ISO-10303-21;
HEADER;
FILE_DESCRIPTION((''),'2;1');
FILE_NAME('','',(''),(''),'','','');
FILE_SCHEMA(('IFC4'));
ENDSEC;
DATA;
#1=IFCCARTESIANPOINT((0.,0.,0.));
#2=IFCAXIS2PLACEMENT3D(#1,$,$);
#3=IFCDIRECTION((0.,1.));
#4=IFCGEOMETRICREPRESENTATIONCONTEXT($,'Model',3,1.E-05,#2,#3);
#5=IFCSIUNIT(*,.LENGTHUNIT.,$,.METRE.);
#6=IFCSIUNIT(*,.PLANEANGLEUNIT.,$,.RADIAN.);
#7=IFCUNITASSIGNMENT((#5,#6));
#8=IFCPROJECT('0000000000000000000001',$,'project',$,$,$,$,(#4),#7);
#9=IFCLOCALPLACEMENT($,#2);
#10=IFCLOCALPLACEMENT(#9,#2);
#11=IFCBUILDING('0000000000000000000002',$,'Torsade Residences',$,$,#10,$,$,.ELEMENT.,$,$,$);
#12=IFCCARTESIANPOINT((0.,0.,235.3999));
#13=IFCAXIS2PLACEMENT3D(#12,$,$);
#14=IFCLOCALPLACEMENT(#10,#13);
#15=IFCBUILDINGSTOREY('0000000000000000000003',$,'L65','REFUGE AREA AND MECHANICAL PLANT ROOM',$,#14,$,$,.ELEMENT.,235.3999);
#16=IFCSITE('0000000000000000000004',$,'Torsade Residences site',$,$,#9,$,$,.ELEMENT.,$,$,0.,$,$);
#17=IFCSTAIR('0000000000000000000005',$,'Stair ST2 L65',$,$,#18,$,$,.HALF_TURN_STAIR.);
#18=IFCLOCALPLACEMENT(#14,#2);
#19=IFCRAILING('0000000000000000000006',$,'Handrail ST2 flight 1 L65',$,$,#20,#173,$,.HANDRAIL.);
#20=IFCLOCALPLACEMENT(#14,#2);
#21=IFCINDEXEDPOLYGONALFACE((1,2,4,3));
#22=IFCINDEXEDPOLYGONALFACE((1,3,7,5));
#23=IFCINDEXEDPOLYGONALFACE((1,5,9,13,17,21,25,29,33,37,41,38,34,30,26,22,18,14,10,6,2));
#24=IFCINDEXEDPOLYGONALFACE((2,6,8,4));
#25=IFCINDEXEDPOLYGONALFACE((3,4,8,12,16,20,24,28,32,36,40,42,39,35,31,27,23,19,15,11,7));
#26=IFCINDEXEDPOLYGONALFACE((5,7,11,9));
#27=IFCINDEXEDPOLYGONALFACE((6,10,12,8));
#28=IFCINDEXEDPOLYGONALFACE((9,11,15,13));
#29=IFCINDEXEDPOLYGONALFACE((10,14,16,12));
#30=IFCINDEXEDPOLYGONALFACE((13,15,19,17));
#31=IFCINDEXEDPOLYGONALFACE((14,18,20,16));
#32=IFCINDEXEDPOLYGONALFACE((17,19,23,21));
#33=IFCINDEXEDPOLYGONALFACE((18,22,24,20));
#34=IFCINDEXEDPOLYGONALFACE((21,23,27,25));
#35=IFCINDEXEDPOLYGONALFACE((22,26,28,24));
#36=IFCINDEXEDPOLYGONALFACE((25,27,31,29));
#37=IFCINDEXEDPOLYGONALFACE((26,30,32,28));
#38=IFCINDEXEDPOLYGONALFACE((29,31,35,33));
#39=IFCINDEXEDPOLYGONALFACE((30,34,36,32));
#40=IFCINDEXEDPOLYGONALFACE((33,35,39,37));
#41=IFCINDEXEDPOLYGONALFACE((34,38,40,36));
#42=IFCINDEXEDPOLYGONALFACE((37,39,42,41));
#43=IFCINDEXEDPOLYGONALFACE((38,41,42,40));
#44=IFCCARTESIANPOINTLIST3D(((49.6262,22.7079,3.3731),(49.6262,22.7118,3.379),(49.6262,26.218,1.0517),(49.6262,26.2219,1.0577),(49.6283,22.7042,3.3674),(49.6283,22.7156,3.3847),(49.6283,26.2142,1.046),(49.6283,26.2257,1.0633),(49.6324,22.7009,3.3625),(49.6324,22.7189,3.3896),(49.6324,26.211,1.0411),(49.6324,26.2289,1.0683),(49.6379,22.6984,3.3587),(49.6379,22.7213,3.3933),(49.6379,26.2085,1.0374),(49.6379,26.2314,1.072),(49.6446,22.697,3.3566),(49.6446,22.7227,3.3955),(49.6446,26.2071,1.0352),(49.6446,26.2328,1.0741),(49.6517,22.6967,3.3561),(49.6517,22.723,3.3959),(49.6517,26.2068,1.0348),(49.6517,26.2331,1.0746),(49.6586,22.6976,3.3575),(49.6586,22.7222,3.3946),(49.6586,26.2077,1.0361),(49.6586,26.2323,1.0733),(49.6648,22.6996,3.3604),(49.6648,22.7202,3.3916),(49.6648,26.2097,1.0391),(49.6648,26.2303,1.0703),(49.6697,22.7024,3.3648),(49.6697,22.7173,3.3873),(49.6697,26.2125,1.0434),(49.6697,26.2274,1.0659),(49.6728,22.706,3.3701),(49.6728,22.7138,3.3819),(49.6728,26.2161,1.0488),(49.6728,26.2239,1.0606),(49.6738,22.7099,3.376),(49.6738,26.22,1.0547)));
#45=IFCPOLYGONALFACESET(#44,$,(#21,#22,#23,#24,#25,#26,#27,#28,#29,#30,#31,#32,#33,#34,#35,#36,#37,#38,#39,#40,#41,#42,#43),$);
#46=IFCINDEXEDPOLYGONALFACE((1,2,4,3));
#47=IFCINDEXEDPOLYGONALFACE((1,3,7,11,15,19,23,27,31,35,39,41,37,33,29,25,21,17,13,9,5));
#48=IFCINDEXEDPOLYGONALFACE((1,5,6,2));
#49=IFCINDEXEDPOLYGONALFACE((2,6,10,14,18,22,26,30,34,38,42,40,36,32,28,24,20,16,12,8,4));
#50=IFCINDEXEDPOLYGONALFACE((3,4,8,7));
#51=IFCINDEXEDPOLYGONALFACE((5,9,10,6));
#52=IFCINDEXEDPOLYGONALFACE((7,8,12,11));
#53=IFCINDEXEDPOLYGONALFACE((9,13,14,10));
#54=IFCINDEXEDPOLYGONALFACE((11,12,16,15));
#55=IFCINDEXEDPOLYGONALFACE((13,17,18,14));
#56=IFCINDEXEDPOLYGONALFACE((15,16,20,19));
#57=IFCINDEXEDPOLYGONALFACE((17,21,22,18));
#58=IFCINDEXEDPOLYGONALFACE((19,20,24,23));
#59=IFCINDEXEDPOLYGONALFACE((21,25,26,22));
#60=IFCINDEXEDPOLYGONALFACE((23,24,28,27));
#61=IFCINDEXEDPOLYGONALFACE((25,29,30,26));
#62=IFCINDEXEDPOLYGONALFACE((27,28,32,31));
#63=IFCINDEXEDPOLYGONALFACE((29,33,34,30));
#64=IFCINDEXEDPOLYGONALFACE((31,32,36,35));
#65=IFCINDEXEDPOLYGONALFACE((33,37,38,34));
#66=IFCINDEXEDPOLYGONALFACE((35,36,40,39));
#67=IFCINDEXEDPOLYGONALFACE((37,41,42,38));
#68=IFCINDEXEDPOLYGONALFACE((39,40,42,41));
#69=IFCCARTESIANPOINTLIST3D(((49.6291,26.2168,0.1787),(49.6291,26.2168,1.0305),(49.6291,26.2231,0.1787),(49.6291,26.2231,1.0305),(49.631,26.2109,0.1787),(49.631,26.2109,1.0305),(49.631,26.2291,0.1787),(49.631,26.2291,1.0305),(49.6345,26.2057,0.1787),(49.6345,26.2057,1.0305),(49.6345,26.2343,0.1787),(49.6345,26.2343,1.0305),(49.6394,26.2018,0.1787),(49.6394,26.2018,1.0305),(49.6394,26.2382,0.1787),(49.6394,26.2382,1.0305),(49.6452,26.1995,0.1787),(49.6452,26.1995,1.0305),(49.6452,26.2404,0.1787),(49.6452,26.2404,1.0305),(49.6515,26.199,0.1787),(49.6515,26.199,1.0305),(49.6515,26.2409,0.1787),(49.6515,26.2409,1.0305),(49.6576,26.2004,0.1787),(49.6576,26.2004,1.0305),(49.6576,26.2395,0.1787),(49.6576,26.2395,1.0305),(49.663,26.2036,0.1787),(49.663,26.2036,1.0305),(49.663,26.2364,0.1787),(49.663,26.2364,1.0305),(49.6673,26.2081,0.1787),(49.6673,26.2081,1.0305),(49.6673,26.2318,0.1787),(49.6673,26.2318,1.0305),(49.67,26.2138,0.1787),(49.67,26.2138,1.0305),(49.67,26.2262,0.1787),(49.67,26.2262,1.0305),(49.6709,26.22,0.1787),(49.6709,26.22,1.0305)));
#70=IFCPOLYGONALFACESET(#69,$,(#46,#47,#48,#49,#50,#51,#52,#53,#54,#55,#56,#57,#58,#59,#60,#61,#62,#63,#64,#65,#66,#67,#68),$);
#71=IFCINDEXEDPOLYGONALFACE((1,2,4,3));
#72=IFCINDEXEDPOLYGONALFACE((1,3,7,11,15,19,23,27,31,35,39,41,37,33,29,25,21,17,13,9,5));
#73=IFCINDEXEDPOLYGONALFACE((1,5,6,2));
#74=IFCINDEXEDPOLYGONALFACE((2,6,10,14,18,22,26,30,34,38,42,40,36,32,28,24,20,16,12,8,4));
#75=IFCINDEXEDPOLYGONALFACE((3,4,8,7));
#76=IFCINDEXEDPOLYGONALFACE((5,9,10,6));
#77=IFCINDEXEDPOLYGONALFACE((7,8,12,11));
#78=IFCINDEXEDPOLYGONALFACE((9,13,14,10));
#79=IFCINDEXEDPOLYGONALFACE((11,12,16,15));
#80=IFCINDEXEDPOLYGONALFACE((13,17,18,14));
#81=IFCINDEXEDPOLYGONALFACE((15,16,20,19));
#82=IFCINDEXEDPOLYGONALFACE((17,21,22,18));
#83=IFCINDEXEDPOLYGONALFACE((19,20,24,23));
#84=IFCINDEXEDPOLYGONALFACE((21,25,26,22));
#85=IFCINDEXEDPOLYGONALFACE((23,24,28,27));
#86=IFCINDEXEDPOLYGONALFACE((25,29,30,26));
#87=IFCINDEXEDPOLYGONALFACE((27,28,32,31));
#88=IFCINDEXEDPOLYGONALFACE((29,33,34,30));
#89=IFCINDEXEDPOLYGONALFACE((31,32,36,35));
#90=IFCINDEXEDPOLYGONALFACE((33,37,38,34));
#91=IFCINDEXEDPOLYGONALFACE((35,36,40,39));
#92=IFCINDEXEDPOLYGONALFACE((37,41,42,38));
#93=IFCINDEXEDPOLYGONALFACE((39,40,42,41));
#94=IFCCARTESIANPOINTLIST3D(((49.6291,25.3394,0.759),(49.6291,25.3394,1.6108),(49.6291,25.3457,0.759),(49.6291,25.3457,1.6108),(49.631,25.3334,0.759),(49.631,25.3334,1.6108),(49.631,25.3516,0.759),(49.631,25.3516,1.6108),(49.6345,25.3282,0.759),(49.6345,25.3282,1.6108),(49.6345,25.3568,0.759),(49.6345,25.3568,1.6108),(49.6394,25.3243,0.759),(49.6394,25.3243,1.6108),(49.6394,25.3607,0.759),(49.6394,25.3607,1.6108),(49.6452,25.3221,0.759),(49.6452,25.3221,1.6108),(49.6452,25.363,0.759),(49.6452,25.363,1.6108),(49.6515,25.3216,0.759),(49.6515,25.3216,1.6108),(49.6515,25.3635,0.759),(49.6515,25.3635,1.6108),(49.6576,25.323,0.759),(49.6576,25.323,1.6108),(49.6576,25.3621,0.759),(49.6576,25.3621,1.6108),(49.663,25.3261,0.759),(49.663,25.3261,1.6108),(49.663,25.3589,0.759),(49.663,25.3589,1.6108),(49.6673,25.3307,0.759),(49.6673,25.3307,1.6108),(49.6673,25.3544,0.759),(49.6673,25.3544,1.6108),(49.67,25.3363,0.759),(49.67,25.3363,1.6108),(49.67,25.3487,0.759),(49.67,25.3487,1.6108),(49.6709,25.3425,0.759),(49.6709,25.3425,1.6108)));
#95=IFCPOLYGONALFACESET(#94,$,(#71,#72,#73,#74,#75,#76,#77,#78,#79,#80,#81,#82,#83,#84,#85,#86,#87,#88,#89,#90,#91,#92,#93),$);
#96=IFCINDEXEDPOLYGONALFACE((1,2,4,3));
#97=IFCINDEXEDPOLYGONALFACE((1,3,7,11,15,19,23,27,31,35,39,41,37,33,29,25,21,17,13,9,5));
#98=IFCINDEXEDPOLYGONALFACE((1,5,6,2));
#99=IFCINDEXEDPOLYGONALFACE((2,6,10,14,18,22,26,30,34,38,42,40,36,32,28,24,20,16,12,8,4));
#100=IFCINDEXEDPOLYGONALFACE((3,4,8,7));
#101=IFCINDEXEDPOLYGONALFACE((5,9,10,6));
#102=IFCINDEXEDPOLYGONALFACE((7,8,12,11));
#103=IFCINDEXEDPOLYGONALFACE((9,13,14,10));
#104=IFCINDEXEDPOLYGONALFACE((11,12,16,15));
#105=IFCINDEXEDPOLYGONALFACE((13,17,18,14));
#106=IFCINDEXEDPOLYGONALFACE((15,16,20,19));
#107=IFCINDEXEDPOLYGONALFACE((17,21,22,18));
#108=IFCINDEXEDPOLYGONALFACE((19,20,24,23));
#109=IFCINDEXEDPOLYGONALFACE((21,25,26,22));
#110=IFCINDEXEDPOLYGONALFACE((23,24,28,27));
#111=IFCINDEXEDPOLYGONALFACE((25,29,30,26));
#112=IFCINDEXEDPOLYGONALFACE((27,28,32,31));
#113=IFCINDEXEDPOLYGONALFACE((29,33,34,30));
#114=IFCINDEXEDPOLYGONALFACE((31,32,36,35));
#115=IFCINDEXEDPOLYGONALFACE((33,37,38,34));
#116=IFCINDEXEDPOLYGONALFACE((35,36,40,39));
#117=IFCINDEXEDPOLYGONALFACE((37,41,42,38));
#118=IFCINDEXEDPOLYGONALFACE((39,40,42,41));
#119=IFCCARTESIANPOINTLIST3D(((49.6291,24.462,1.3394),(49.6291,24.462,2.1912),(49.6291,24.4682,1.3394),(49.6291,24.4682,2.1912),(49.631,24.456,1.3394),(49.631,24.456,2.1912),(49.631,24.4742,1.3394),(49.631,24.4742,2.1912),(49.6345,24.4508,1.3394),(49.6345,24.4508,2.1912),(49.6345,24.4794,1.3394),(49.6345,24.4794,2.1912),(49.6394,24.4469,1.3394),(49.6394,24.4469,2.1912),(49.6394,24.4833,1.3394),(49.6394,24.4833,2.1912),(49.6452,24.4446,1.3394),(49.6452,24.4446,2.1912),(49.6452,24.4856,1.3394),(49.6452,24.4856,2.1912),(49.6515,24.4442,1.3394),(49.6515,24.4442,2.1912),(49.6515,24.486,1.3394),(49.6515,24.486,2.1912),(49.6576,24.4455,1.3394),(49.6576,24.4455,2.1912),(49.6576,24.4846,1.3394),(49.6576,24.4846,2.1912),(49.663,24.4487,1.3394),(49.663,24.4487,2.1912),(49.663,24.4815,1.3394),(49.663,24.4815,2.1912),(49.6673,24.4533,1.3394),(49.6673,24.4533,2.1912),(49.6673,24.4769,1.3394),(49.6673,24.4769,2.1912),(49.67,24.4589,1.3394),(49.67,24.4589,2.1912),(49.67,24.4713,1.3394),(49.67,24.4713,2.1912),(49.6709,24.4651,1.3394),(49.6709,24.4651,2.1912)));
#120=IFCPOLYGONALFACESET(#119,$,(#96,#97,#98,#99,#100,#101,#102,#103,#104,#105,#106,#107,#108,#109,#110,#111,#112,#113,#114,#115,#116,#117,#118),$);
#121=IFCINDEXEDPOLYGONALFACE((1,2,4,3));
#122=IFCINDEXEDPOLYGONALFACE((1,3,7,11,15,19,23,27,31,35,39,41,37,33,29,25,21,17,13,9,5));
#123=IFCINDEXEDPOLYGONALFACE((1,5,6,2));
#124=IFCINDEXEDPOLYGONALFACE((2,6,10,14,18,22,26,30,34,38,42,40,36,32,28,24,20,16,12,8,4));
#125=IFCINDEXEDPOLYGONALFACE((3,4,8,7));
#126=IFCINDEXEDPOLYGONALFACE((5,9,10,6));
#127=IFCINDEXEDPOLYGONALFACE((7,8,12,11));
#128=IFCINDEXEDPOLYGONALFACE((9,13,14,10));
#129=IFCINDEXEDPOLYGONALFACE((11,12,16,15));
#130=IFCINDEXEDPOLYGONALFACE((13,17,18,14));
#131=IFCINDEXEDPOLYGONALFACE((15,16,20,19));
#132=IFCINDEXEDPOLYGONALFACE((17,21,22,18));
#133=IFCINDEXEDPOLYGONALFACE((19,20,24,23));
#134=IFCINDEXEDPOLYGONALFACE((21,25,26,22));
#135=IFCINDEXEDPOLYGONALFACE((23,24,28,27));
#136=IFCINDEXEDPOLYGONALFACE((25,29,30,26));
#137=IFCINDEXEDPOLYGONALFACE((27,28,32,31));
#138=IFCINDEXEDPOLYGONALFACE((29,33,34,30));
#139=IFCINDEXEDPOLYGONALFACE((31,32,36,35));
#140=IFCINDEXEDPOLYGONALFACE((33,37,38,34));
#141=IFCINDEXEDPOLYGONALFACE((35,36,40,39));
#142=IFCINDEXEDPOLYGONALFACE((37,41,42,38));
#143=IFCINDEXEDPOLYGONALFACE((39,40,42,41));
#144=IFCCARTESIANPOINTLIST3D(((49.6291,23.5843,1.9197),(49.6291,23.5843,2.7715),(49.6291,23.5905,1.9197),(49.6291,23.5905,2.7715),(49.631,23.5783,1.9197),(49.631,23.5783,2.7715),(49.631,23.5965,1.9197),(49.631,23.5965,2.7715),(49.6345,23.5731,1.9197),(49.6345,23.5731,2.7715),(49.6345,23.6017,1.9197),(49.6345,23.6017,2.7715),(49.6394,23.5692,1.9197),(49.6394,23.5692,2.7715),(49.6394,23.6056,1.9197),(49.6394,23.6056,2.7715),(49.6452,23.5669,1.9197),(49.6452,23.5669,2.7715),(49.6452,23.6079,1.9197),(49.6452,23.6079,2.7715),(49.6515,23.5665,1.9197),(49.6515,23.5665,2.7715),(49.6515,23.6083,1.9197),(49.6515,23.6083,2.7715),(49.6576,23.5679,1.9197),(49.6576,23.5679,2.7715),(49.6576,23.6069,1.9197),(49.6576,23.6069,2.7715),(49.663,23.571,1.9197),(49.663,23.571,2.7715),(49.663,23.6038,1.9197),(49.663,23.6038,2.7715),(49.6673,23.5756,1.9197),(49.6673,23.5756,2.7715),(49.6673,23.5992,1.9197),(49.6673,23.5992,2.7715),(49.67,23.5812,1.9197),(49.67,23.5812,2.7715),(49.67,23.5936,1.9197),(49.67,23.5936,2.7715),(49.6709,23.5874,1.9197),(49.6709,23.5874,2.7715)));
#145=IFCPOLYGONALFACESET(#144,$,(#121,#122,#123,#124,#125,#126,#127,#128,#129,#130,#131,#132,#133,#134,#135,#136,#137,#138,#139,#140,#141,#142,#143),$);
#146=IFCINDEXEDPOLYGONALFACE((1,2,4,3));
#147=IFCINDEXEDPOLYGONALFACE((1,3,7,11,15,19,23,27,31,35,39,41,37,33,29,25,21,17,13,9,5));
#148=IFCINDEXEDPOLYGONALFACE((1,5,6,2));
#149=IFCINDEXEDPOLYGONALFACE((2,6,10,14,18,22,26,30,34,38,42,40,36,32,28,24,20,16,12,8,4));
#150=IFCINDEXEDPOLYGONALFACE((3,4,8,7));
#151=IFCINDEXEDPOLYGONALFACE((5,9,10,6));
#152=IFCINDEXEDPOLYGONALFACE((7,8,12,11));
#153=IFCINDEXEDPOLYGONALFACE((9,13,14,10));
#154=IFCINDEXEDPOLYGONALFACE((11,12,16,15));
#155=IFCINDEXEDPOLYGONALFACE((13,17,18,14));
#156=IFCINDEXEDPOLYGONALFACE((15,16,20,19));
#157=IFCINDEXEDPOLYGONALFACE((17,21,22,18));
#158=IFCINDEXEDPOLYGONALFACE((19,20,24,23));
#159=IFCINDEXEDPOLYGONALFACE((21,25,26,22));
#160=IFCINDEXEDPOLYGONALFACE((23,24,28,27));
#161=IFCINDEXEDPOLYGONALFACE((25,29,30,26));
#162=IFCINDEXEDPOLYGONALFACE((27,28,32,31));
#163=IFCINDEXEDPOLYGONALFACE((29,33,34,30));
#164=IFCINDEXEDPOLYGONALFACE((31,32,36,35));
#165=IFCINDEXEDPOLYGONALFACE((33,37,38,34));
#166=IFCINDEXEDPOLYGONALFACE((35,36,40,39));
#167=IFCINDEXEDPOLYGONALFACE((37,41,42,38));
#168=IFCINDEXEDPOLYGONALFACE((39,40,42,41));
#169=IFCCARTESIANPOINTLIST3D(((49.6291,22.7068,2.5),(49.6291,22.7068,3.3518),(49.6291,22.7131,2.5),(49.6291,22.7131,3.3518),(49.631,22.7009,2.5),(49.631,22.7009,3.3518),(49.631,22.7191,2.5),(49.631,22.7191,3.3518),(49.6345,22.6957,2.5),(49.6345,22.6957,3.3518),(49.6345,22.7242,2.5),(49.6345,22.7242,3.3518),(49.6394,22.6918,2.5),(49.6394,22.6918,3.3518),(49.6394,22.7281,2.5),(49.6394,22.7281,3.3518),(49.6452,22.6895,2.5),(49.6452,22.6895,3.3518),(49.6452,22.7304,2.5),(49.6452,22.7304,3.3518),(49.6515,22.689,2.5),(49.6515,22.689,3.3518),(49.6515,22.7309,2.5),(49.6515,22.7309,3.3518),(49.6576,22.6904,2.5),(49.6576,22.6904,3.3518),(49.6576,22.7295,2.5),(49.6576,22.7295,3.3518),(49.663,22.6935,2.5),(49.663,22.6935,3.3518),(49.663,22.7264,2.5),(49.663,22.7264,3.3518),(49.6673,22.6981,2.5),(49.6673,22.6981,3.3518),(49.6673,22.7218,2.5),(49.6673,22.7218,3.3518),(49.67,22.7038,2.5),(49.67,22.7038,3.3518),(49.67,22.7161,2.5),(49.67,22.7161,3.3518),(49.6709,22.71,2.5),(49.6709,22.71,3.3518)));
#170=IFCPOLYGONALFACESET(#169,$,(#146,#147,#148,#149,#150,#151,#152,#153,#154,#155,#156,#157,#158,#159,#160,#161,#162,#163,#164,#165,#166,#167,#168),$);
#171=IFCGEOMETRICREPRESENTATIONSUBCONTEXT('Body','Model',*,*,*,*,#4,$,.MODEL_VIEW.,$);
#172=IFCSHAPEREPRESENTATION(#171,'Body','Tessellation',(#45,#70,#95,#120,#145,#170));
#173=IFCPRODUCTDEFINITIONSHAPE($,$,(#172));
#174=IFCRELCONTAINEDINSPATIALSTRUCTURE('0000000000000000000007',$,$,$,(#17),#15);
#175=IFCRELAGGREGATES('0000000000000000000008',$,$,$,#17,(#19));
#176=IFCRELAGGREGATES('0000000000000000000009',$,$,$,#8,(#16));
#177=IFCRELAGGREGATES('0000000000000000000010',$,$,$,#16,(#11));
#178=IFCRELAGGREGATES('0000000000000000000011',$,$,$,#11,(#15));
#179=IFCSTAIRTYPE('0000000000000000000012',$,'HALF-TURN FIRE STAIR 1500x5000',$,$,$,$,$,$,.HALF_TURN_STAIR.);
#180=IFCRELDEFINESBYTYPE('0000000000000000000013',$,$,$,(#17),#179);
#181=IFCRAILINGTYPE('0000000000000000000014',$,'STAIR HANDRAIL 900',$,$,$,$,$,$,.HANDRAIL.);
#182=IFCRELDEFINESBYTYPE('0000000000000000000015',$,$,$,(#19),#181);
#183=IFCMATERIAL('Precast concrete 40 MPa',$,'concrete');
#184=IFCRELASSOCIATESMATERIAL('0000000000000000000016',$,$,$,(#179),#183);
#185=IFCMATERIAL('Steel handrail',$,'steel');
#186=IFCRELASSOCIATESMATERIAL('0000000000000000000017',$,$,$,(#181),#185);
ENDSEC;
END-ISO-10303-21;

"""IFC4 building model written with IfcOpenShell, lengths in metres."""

from ifc_helpers import new_model, si_unit, direction, frame, origin, origin_2d, place, context, subcontext, project, spatial, circle, extrude, material, type_object, element, aggregate, save


model = new_model("IFC4")

# Units and contexts
model_context = context("Model", 3, precision=1e-05, world=origin(), true_north=direction((0.0, 1.0)))
body_context = subcontext(model_context, "Body", "Model", "MODEL_VIEW")
ifc_project = project(units=[si_unit("LENGTHUNIT", "METRE"), si_unit("PLANEANGLEUNIT", "RADIAN")], contexts=[model_context])

# Site, building, storey
site_placement = place(None, origin())
site = spatial("IfcSite", under=ifc_project, at=site_placement, Name="Torsade Residences site", CompositionType="ELEMENT", RefElevation=0.0)
building_placement = place(site_placement, origin())
building = spatial("IfcBuilding", under=site, at=building_placement, Name="Torsade Residences", CompositionType="ELEMENT")
storey_placement = place(building_placement, frame((0.0, 0.0, 235.3999)))
storey = spatial("IfcBuildingStorey", under=building, at=storey_placement, Name="L65", Description="REFUGE AREA AND MECHANICAL PLANT ROOM", CompositionType="ELEMENT", Elevation=235.3999)

# Stair, railing
ifc_material_1 = material(Name="Precast concrete 40 MPa", Category="concrete")
stair_type = type_object("IfcStairType", Name="HALF-TURN FIRE STAIR 1500x5000", PredefinedType="HALF_TURN_STAIR", material=ifc_material_1)
stair_placement = place(storey_placement, origin())
stair = element("IfcStair", 1, at=stair_placement, inside=storey, type_object=stair_type, Name="Stair ST2 L65", PredefinedType="HALF_TURN_STAIR")
ifc_material_2 = material(Name="Steel handrail", Category="steel")
railing_type = type_object("IfcRailingType", Name="STAIR HANDRAIL 900", PredefinedType="HANDRAIL", material=ifc_material_2)
railing_1_placement = place(storey_placement, frame((49.6499, 26.22, 0.1787)))
railing_1 = element("IfcRailing", 2, at=railing_1_placement, type_object=railing_type, Name="Handrail ST2 flight 1 L65", PredefinedType="HANDRAIL", context=body_context, shape_type="SweptSolid", body=[
    extrude(circle(Radius=0.0239, at=origin_2d()), frame((0.0, 0.0, 0.876), z_axis=(0.0, -0.834097, 0.551617), x_axis=(1.0, 0.0, 0.0)), (0.0, 0.0, 1.0), 4.2083),
    extrude(circle(Radius=0.021, at=origin_2d()), origin(), (0.0, 0.0, 1.0), 0.8518),
    extrude(circle(Radius=0.021, at=origin_2d()), frame((0.0, -0.8774, 0.5803)), (0.0, 0.0, 1.0), 0.8518),
    extrude(circle(Radius=0.021, at=origin_2d()), frame((0.0, -1.7549, 1.1606)), (0.0, 0.0, 1.0), 0.8518),
    extrude(circle(Radius=0.021, at=origin_2d()), frame((0.0, -2.6326, 1.741)), (0.0, 0.0, 1.0), 0.8518),
    extrude(circle(Radius=0.021, at=origin_2d()), frame((0.0, -3.51, 2.3213)), (0.0, 0.0, 1.0), 0.8518),
])
aggregate(stair, [railing_1])

save(model, "model.ifc")
